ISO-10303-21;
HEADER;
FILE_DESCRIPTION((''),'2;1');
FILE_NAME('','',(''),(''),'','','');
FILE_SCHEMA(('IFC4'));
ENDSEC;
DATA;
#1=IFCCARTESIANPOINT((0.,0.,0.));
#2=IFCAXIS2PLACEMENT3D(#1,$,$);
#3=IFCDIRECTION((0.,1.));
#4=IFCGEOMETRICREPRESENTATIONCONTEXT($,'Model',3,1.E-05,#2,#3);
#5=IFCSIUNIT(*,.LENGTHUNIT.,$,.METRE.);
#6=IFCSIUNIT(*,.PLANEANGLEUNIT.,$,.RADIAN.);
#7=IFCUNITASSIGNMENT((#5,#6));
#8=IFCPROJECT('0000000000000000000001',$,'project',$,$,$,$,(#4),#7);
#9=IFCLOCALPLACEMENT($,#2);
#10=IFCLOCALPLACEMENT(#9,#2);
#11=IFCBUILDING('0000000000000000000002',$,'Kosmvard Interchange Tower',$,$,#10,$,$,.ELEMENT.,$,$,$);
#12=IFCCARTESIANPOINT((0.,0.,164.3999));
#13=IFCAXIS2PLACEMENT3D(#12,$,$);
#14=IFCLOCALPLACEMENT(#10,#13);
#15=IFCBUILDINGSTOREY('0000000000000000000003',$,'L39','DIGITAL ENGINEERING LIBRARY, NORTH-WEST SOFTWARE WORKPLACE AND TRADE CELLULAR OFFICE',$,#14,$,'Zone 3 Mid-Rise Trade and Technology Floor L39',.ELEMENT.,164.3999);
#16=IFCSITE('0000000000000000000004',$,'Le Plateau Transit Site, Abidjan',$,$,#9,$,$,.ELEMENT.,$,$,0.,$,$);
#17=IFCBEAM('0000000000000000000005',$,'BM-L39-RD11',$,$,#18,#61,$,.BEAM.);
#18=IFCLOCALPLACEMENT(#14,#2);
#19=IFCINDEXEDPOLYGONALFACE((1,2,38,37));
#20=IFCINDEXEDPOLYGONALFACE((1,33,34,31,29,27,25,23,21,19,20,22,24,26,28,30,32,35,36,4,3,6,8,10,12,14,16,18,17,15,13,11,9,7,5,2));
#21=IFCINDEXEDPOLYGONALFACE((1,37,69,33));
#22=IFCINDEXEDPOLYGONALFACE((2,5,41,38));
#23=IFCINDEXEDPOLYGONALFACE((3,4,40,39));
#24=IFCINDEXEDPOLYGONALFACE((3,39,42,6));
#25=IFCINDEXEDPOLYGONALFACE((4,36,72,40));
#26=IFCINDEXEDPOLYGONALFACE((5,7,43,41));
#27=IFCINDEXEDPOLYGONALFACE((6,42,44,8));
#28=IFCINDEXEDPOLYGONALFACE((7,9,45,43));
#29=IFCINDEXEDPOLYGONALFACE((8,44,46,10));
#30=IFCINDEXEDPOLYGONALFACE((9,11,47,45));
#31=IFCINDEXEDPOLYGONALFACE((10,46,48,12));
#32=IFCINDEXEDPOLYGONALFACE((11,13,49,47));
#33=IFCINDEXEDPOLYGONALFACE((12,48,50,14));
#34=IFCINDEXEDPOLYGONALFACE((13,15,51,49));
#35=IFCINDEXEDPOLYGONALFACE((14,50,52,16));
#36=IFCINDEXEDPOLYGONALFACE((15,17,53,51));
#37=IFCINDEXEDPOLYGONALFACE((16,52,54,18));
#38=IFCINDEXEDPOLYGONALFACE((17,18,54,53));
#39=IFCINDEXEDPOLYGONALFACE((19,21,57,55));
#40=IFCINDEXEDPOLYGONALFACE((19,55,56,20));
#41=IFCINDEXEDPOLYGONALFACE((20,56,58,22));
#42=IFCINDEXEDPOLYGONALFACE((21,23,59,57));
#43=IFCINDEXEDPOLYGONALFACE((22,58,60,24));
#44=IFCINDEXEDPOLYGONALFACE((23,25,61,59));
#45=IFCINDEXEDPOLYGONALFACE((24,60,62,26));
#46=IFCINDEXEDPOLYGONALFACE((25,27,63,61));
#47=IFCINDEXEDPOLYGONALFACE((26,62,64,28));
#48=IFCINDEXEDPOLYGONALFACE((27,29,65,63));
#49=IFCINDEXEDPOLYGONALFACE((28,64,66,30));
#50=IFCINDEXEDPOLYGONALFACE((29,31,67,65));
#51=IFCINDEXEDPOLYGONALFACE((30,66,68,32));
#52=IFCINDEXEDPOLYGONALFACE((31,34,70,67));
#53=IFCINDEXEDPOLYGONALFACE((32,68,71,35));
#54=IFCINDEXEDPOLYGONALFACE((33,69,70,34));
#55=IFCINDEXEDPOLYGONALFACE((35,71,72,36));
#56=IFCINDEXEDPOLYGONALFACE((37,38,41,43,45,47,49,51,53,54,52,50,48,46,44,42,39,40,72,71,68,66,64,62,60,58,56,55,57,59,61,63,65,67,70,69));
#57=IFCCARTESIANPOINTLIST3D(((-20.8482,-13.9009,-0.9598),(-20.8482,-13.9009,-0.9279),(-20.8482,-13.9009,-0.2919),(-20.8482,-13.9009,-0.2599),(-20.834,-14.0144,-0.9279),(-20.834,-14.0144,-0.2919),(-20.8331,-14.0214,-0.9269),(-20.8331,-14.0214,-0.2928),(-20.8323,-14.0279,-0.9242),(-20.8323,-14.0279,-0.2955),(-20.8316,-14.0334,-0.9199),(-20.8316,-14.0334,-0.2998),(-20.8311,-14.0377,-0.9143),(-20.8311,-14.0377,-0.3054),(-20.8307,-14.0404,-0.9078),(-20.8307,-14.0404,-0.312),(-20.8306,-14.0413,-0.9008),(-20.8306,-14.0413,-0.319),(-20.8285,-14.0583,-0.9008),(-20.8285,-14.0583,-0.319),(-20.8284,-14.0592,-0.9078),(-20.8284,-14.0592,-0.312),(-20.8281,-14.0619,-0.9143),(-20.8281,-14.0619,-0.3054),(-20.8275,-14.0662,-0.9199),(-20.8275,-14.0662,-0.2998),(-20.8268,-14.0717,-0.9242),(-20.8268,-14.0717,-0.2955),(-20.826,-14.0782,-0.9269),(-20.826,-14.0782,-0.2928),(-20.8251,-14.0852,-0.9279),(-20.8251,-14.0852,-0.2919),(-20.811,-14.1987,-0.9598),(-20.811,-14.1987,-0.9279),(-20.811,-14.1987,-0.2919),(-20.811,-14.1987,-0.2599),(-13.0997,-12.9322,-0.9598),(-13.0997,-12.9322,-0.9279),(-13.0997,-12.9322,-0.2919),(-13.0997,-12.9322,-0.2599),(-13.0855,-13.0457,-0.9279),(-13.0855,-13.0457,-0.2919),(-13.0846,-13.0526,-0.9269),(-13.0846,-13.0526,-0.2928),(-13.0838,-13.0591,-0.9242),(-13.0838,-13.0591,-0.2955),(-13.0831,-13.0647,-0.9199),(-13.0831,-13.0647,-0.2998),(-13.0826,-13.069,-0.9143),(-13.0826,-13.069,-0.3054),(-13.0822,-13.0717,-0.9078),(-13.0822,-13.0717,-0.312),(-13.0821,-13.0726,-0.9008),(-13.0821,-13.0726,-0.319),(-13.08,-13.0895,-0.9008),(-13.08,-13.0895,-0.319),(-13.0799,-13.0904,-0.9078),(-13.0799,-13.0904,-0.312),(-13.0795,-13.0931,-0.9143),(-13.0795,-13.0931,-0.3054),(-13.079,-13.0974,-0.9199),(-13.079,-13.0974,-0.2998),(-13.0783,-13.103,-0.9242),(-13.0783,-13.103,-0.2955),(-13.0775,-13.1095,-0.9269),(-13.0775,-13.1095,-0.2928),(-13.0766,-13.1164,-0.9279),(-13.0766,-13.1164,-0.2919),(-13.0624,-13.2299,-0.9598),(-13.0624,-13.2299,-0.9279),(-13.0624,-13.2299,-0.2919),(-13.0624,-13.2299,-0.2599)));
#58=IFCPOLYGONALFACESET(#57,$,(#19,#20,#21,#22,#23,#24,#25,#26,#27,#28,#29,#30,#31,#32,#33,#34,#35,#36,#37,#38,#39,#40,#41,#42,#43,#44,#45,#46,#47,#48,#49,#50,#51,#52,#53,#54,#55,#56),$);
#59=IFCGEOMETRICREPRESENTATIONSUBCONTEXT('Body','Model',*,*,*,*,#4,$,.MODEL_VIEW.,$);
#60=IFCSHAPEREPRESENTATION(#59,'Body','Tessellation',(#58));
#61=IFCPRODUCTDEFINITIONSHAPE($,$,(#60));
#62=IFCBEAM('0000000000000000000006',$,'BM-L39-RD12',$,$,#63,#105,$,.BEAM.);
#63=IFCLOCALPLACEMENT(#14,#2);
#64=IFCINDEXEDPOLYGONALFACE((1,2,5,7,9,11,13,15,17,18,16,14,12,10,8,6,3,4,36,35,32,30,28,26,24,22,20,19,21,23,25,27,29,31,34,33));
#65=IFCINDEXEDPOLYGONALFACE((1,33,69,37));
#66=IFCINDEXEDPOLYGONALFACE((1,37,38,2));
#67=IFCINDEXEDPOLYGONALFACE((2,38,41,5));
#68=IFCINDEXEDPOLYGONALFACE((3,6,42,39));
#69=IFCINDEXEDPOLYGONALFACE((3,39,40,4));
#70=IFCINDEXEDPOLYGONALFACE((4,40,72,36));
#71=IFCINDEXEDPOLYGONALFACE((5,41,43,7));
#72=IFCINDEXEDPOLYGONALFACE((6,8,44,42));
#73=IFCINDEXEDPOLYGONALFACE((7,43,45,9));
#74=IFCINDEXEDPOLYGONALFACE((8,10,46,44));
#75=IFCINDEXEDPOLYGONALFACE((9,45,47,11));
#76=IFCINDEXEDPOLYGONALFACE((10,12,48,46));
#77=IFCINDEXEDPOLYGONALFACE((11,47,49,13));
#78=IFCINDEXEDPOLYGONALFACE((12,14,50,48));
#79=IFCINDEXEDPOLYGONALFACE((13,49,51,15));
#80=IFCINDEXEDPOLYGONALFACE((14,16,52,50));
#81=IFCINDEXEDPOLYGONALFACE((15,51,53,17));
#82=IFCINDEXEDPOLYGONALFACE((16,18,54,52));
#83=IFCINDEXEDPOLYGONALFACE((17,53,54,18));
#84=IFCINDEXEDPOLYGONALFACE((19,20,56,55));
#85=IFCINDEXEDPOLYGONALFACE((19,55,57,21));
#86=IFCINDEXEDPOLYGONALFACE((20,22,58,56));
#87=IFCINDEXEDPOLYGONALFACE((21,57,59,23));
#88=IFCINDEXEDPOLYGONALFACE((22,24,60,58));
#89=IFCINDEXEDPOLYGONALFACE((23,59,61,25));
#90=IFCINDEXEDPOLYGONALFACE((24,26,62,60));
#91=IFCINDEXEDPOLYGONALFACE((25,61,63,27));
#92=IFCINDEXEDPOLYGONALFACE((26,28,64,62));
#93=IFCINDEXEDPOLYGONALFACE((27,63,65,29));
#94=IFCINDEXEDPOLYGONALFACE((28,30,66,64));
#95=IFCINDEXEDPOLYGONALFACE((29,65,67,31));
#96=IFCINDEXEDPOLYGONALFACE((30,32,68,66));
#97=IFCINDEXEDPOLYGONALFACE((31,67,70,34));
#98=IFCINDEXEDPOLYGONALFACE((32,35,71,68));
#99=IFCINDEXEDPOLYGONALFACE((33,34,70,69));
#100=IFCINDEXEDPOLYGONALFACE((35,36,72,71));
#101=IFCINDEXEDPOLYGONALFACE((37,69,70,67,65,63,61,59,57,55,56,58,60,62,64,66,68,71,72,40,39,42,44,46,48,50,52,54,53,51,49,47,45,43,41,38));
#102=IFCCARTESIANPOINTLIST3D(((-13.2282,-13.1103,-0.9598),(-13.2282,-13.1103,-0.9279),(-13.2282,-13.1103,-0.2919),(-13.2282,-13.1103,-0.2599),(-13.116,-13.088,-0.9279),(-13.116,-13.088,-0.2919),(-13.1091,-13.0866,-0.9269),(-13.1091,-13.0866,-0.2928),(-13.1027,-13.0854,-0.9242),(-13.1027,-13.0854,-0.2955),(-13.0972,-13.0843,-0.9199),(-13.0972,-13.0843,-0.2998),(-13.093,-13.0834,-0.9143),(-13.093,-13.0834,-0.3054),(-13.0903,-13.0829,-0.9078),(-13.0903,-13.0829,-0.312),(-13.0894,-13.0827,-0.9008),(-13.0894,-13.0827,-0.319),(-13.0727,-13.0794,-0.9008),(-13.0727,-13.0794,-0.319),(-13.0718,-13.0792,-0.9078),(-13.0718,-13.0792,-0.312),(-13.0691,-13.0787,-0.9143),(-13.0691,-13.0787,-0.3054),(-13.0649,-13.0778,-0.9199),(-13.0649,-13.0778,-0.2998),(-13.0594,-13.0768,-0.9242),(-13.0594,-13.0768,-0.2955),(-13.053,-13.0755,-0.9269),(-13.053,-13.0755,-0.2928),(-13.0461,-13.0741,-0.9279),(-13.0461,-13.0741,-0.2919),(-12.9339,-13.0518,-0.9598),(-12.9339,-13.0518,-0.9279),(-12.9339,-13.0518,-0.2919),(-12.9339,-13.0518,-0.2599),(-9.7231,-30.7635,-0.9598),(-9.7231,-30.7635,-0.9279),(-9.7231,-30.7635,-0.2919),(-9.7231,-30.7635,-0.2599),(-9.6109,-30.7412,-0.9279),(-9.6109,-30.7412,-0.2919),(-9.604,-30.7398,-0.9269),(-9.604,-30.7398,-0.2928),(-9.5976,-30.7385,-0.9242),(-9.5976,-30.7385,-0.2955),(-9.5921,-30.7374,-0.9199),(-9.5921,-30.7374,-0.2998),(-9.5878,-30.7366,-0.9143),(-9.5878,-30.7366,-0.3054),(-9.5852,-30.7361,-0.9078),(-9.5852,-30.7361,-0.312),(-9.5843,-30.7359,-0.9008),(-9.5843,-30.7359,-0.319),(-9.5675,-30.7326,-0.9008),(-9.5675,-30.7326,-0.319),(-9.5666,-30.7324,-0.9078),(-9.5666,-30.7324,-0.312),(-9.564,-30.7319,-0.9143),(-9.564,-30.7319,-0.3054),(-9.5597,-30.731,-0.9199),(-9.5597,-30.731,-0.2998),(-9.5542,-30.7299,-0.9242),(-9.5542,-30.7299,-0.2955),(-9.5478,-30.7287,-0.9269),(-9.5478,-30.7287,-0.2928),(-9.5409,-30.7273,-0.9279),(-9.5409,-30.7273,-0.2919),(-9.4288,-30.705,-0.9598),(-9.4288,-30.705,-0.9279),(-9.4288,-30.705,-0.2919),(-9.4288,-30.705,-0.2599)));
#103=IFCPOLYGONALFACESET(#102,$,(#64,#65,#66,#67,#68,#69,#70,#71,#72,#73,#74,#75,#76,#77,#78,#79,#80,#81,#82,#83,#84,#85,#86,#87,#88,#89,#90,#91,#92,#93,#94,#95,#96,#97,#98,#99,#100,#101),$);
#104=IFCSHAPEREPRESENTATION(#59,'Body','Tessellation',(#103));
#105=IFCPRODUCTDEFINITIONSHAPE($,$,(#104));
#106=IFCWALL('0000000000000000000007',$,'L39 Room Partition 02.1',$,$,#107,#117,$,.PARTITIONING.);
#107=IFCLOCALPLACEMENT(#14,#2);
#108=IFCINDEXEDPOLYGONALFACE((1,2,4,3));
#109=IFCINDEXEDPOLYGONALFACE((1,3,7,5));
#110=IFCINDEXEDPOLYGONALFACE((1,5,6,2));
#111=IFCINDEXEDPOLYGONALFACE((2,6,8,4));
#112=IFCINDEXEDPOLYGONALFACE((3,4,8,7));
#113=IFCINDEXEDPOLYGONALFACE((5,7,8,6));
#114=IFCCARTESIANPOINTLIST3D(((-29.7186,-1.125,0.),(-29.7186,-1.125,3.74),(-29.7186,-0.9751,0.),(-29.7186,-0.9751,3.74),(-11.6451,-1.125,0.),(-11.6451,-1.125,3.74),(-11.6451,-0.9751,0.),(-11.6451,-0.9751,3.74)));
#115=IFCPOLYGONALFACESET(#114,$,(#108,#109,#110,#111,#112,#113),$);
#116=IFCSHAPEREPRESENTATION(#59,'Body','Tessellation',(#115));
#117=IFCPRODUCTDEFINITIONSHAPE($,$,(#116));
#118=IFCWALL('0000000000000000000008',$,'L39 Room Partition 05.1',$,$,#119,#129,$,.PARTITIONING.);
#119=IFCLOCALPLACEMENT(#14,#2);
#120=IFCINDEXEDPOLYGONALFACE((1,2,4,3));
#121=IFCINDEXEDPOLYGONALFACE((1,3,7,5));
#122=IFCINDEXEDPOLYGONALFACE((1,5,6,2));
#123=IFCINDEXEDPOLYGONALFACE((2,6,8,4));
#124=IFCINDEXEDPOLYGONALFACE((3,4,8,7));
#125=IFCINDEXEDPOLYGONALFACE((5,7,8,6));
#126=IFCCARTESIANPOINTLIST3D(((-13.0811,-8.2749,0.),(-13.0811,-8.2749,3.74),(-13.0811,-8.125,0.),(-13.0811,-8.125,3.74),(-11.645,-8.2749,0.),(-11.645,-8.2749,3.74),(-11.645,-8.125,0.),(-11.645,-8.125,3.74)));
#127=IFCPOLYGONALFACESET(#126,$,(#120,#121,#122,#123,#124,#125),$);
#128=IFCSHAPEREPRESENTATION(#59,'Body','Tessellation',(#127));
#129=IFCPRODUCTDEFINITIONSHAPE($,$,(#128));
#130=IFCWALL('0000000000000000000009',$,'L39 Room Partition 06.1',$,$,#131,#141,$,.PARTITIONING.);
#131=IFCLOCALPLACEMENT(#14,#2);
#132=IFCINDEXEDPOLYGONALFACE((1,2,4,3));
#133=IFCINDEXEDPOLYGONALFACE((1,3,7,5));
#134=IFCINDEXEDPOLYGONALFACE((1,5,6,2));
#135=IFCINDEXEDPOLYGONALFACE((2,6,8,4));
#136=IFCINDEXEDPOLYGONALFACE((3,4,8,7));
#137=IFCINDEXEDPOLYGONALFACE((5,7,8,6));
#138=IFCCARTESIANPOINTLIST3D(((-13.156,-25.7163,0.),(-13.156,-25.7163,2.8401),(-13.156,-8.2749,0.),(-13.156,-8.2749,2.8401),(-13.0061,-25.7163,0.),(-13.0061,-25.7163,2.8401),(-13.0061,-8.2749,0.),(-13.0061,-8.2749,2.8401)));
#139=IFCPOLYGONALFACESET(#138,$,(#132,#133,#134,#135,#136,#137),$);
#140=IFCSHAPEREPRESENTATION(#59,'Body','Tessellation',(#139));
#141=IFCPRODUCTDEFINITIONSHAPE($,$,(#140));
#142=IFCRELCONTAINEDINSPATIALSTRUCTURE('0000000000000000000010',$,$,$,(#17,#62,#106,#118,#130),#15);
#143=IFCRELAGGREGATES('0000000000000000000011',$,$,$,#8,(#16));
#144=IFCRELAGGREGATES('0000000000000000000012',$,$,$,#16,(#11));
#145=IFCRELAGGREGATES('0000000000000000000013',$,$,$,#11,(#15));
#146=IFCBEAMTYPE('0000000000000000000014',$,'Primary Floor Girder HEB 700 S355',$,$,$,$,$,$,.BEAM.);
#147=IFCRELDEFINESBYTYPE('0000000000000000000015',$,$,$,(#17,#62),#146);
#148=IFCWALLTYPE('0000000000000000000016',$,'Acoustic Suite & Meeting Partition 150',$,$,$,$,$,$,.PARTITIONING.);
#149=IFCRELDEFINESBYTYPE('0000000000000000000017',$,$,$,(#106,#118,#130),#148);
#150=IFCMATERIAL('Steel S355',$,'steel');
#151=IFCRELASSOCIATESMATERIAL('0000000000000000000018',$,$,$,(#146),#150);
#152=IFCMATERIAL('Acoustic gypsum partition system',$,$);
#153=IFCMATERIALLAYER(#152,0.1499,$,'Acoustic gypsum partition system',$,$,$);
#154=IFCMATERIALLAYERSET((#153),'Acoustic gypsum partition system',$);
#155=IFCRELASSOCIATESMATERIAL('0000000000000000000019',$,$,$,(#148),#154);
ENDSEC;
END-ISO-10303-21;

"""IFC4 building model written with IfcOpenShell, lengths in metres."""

from ifc_helpers import new_model, si_unit, direction, frame, frame_2d, origin, origin_2d, place, context, subcontext, project, spatial, rectangle, i_section, extrude, source, transform, mapped, material, layer, layer_set, material_profile, profile_set, type_object, element, save


model = new_model("IFC4")

# Units and contexts
model_context = context("Model", 3, precision=1e-05, world=origin(), true_north=direction((0.0, 1.0)))
body_context = subcontext(model_context, "Body", "Model", "MODEL_VIEW")
ifc_project = project(units=[si_unit("LENGTHUNIT", "METRE"), si_unit("PLANEANGLEUNIT", "RADIAN")], contexts=[model_context])

# Site, building, storey
site_placement = place(None, origin())
site = spatial("IfcSite", under=ifc_project, at=site_placement, Name="Le Plateau Transit Site, Abidjan", CompositionType="ELEMENT", RefElevation=0.0)
building_placement = place(site_placement, origin())
building = spatial("IfcBuilding", under=site, at=building_placement, Name="Kosmvard Interchange Tower", CompositionType="ELEMENT")
storey_placement = place(building_placement, frame((0.0, 0.0, 164.3999)))
storey = spatial("IfcBuildingStorey", under=building, at=storey_placement, Name="L39", Description="DIGITAL ENGINEERING LIBRARY, NORTH-WEST SOFTWARE WORKPLACE AND TRADE CELLULAR OFFICE", LongName="Zone 3 Mid-Rise Trade and Technology Floor L39", CompositionType="ELEMENT", Elevation=164.3999)

# Beams
ifc_material_1 = material(Name="Steel S355", Category="steel")
ifc_material_profile = material_profile(ifc_material_1, i_section(OverallWidth=0.3, OverallDepth=0.7, WebThickness=0.0171, FlangeThickness=0.032, FilletRadius=0.0271, at=origin_2d()), Name="HEB 700")
ifc_profile_set = profile_set([ifc_material_profile], Name="Steel S355")
beam_type = type_object("IfcBeamType", Name="Primary Floor Girder HEB 700 S355", PredefinedType="BEAM", material=ifc_profile_set)
shared_shape_1 = source(origin(), body_context, "Body", "SweptSolid", [
    extrude(i_section(OverallWidth=0.3, OverallDepth=0.7, WebThickness=0.0171, FlangeThickness=0.032, FilletRadius=0.0271, at=origin_2d()), origin(), (0.0, 0.0, 1.0), 7.8088),
])
beam_1_placement = place(storey_placement, frame((-13.0811, -13.0811, -0.6099), z_axis=(-0.992275, -0.124058, 0.0), x_axis=(0.124058, -0.992275, 0.0)))
element("IfcBeam", 1, at=beam_1_placement, inside=storey, type_object=beam_type, Name="BM-L39-RD11", PredefinedType="BEAM", context=body_context, shape_type="MappedRepresentation", body=[
    mapped(shared_shape_1, transform((0.0, 0.0, 0.0), scale=1.0)),
])
shared_shape_2 = source(origin(), body_context, "Body", "SweptSolid", [
    extrude(i_section(OverallWidth=0.3, OverallDepth=0.7, WebThickness=0.0171, FlangeThickness=0.032, FilletRadius=0.0271, at=origin_2d()), origin(), (0.0, 0.0, 1.0), 17.9978),
])
beam_2_placement = place(storey_placement, frame((-13.0811, -13.0811, -0.6099), z_axis=(0.194754, -0.980852, 0.0), x_axis=(0.980852, 0.194754, 0.0)))
element("IfcBeam", 2, at=beam_2_placement, inside=storey, type_object=beam_type, Name="BM-L39-RD12", PredefinedType="BEAM", context=body_context, shape_type="MappedRepresentation", body=[
    mapped(shared_shape_2, transform((0.0, 0.0, 0.0), scale=1.0)),
])

# Walls
ifc_material_2 = material(Name="Acoustic gypsum partition system")
ifc_layer_1 = layer(ifc_material_2, 0.1499, Name="Acoustic gypsum partition system")
ifc_layer_set_1 = layer_set([ifc_layer_1], Name="Acoustic gypsum partition system")
wall_type_1 = type_object("IfcWallType", Name="Acoustic Suite & Meeting Partition 150", PredefinedType="PARTITIONING", material=ifc_layer_set_1)
wall_1_placement = place(storey_placement, frame((-29.7185, -1.05, 0.0), z_axis=(0.0, 0.0, 1.0), x_axis=(1.0, 0.0, 0.0)))
element("IfcWall", 3, at=wall_1_placement, inside=storey, type_object=wall_type_1, Name="L39 Room Partition 02.1", PredefinedType="PARTITIONING", context=body_context, shape_type="SweptSolid", body=[
    extrude(rectangle(XDim=18.0735, YDim=0.1499, at=frame_2d((9.0366, 0.0))), origin(), (0.0, 0.0, 1.0), 3.74),
])
wall_2_placement = place(storey_placement, frame((-11.645, -8.2, 0.0), z_axis=(0.0, 0.0, 1.0), x_axis=(-1.0, 0.0, 0.0)))
element("IfcWall", 4, at=wall_2_placement, inside=storey, type_object=wall_type_1, Name="L39 Room Partition 05.1", PredefinedType="PARTITIONING", context=body_context, shape_type="SweptSolid", body=[
    extrude(rectangle(XDim=1.436, YDim=0.1499, at=frame_2d((0.718, 0.0))), origin(), (0.0, 0.0, 1.0), 3.74),
])
wall_3_placement = place(storey_placement, frame((-13.0811, -8.2749, 0.0), z_axis=(0.0, 0.0, 1.0), x_axis=(0.0, -1.0, 0.0)))
element("IfcWall", 5, at=wall_3_placement, inside=storey, type_object=wall_type_1, Name="L39 Room Partition 06.1", PredefinedType="PARTITIONING", context=body_context, shape_type="SweptSolid", body=[
    extrude(rectangle(XDim=17.4414, YDim=0.1499, at=frame_2d((8.7207, 0.0))), origin(), (0.0, 0.0, 1.0), 2.8401),
])

save(model, "model.ifc")
